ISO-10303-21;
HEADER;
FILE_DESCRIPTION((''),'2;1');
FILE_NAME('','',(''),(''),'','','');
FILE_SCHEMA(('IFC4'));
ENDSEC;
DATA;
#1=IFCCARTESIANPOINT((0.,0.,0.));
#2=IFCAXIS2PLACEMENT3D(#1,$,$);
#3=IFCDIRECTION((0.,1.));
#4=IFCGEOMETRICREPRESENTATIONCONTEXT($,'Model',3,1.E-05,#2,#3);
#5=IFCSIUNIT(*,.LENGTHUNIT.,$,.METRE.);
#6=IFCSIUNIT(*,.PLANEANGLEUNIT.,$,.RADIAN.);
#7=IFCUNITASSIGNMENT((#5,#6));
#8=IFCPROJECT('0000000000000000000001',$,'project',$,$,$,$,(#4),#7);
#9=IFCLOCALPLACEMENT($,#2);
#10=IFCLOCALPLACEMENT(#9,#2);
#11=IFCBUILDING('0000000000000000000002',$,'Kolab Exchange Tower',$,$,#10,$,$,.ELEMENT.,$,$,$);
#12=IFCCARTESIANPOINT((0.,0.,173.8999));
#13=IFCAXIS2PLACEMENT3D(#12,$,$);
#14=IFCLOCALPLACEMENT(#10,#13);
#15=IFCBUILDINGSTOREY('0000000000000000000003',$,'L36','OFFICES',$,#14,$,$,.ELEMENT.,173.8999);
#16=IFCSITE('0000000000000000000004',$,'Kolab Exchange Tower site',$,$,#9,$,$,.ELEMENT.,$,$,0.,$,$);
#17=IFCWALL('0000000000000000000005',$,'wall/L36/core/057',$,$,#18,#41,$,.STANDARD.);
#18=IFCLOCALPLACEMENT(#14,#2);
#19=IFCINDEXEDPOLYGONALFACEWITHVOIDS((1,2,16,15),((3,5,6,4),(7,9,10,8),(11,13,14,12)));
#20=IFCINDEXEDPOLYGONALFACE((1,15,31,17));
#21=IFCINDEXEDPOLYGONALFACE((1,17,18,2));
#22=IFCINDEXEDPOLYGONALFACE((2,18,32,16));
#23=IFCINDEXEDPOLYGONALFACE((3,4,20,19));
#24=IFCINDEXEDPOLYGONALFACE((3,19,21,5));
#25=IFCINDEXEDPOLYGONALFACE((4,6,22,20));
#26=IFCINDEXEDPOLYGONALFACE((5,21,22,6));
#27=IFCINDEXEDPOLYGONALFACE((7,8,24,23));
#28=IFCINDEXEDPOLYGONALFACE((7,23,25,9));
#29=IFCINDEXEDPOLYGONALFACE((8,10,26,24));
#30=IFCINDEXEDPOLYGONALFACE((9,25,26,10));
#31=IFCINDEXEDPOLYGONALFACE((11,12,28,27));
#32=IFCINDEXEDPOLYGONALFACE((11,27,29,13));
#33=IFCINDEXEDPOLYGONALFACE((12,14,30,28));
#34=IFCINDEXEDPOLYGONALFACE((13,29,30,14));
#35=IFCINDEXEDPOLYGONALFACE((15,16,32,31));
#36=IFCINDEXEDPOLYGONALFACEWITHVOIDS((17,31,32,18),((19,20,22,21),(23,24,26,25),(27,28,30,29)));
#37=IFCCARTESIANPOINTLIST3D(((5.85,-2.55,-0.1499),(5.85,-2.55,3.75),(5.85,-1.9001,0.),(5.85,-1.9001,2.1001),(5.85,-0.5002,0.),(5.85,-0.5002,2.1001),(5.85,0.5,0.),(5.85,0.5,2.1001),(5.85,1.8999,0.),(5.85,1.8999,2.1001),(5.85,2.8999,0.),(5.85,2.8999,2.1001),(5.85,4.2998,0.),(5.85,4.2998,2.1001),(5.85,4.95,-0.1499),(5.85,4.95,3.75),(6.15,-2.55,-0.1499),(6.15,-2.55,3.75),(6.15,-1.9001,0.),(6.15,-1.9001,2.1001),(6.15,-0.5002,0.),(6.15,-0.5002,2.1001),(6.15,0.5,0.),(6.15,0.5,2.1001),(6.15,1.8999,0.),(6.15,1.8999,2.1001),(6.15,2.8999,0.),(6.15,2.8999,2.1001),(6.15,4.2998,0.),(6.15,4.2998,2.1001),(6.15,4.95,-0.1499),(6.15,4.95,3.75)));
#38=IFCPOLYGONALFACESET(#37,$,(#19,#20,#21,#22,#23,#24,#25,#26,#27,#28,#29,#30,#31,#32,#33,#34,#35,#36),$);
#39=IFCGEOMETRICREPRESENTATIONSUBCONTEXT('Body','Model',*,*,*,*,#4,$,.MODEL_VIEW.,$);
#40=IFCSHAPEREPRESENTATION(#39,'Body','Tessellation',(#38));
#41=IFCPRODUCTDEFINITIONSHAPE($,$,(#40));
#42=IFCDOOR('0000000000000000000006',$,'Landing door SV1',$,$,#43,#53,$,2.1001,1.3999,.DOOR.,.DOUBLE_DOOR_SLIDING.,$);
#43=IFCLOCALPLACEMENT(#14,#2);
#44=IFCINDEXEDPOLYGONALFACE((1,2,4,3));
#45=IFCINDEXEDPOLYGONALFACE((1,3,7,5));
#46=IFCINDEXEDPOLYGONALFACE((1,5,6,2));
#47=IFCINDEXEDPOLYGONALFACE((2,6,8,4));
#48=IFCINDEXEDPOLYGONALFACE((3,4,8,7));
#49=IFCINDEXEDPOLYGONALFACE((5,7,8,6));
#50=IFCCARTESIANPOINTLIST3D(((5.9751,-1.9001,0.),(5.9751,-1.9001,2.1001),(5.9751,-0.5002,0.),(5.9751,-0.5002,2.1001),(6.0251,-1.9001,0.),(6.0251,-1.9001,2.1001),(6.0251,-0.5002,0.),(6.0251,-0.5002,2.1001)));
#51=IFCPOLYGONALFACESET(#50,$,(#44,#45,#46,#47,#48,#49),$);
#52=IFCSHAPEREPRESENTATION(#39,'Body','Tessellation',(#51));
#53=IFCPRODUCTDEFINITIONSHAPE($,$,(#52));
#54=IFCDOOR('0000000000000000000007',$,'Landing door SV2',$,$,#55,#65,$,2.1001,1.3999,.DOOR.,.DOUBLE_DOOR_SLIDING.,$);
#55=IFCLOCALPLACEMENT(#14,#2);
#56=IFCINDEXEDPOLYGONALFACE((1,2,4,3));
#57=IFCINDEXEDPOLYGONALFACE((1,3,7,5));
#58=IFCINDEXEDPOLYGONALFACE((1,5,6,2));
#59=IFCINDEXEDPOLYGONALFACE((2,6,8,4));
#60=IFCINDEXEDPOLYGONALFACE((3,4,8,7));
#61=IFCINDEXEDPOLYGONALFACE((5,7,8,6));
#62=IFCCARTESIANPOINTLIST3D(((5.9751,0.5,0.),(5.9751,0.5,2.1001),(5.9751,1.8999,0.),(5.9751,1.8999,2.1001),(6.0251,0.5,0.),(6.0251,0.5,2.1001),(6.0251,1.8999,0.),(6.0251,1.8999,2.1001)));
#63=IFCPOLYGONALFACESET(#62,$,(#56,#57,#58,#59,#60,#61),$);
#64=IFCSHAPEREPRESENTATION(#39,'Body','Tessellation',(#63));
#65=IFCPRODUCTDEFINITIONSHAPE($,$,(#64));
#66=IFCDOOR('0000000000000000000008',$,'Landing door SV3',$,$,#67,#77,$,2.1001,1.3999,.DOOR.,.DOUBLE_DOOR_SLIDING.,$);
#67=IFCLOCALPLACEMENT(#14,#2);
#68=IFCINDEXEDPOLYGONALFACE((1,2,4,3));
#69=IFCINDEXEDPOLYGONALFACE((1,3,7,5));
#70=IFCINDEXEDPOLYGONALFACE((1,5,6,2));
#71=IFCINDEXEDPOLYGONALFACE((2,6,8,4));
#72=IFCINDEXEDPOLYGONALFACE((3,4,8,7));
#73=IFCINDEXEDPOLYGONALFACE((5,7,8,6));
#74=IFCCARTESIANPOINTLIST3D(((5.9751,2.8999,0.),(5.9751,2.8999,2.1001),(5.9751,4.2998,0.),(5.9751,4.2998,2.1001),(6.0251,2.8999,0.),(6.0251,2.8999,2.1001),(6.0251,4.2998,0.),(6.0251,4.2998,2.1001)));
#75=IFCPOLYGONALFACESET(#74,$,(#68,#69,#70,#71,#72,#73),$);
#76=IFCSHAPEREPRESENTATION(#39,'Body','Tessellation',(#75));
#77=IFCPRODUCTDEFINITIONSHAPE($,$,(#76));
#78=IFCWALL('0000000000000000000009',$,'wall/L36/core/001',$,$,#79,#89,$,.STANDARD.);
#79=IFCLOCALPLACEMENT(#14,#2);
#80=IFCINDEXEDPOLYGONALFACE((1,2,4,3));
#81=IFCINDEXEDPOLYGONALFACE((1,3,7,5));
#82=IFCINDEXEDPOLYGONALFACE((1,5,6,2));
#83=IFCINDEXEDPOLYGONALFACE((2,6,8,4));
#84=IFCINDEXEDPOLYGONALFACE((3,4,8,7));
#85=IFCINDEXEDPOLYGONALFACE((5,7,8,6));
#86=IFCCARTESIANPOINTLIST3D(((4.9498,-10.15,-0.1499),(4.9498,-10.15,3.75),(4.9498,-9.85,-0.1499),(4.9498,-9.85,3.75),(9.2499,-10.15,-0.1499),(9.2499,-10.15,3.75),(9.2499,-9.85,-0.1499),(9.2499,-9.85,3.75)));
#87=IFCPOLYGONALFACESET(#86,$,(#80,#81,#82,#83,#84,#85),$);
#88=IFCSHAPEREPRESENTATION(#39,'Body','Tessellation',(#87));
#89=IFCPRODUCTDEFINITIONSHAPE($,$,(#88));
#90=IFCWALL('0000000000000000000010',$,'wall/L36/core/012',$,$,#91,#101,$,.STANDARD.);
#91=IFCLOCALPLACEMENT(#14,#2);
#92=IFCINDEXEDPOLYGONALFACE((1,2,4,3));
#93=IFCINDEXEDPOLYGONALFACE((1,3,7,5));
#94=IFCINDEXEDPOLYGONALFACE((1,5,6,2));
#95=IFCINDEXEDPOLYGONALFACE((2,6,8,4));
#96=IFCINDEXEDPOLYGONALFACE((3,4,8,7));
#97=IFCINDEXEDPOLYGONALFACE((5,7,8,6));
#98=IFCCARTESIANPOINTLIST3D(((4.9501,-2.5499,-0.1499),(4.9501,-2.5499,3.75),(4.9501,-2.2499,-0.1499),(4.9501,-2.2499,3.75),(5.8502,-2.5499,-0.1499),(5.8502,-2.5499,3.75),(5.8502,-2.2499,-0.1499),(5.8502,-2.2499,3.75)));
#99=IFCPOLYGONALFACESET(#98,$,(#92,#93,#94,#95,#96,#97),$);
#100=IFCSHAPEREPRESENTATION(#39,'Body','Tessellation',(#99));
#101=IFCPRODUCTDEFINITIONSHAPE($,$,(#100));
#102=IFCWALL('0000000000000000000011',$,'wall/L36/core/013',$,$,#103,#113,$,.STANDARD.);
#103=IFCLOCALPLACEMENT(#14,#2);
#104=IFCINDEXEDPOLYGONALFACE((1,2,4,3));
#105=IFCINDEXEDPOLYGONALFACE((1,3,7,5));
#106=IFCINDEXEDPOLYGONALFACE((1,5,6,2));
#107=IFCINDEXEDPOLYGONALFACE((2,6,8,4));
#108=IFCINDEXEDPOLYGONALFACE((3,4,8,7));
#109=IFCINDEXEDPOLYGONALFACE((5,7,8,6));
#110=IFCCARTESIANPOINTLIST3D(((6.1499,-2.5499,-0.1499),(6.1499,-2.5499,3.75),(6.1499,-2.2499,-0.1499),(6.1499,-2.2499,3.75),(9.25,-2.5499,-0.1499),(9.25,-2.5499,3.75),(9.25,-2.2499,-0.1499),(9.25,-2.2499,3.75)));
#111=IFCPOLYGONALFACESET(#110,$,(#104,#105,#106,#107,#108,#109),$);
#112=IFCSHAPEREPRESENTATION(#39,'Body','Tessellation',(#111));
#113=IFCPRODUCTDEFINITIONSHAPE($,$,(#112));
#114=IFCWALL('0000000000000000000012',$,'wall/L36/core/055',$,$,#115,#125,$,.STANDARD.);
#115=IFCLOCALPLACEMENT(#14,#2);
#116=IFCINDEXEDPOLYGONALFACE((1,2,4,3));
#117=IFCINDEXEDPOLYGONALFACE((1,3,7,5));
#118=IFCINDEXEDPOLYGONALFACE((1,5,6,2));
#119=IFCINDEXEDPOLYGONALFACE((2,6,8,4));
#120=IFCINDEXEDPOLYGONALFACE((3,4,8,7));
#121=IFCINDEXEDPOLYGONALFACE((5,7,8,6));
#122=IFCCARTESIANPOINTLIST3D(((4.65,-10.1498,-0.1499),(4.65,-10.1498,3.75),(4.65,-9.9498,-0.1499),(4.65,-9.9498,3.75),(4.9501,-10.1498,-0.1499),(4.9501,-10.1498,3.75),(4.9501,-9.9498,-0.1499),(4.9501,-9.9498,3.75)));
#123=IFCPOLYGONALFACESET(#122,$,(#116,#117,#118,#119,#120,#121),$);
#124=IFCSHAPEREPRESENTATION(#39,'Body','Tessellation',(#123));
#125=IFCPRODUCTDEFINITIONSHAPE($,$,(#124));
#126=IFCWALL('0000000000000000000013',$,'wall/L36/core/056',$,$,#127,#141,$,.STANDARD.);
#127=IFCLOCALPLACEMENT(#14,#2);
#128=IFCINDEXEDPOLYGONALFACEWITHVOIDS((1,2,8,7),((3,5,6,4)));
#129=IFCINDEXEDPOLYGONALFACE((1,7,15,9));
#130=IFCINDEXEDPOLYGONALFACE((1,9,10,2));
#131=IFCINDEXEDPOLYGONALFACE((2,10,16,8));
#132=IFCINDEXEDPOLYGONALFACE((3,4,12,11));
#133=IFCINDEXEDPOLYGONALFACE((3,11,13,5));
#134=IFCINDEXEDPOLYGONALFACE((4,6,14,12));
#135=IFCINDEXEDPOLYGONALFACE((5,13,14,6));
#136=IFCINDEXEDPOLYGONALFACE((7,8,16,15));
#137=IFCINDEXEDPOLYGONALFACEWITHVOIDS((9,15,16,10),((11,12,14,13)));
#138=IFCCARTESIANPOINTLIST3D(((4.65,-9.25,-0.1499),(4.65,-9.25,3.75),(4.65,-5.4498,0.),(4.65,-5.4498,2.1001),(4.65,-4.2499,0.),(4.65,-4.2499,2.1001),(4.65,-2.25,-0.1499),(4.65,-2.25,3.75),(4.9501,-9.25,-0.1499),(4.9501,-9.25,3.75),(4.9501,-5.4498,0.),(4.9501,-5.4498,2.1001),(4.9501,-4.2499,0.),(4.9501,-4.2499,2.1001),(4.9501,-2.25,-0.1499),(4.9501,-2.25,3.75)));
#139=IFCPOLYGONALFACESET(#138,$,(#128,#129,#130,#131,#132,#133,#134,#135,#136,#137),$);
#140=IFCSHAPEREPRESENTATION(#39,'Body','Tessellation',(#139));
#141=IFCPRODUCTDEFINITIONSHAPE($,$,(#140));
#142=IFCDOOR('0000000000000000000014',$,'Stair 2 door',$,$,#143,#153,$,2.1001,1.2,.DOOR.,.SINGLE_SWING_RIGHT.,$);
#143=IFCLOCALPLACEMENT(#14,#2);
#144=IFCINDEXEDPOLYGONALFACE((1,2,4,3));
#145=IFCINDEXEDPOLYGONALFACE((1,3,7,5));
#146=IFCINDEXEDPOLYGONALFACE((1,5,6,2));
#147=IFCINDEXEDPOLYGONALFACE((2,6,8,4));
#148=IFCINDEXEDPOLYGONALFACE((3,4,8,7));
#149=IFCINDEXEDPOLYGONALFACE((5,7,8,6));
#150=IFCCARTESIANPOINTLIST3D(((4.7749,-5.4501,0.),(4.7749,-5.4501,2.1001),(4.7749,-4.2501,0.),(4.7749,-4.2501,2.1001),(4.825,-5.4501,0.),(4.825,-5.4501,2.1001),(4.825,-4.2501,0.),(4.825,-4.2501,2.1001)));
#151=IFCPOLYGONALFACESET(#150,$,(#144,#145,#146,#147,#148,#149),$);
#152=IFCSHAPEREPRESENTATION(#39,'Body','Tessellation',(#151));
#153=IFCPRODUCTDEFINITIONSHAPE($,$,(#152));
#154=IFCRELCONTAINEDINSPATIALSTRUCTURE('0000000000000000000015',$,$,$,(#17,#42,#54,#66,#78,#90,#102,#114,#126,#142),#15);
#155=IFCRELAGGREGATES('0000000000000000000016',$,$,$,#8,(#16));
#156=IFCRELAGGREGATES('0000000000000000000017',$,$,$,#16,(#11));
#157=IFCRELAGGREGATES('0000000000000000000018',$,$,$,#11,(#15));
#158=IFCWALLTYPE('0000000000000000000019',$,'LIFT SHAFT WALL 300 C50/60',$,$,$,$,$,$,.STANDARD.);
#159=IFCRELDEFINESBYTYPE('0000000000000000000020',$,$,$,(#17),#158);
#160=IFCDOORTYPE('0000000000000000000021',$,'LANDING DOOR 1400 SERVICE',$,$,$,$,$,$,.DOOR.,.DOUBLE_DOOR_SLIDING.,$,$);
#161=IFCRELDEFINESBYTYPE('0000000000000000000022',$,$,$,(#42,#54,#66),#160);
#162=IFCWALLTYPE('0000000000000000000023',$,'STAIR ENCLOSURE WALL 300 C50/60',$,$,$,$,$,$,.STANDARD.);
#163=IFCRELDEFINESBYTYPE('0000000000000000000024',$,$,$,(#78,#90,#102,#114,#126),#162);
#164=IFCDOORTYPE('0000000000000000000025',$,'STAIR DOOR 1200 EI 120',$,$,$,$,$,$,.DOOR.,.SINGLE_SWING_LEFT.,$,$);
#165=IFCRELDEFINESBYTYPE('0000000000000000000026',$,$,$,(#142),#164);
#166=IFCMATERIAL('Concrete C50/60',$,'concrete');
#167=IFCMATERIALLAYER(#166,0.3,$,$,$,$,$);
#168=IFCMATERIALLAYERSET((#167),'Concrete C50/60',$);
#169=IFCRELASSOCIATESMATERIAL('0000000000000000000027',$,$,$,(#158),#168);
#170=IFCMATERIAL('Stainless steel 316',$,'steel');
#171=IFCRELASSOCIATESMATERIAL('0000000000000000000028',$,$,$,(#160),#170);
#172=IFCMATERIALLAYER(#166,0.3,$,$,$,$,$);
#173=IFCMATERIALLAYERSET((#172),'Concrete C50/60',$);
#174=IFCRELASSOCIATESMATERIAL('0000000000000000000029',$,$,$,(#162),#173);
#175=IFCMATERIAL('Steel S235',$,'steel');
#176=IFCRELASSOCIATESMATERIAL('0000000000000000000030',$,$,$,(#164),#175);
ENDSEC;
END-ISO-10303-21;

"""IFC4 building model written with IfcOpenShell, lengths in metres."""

from ifc_helpers import new_model, si_unit, direction, frame, frame_2d, origin, place, context, subcontext, project, spatial, rectangle, extrude, material, layer, layer_set, type_object, element, fill, save


model = new_model("IFC4")

# Units and contexts
model_context = context("Model", 3, precision=1e-05, world=origin(), true_north=direction((0.0, 1.0)))
body_context = subcontext(model_context, "Body", "Model", "MODEL_VIEW")
ifc_project = project(units=[si_unit("LENGTHUNIT", "METRE"), si_unit("PLANEANGLEUNIT", "RADIAN")], contexts=[model_context])

# Site, building, storey
site_placement = place(None, origin())
site = spatial("IfcSite", under=ifc_project, at=site_placement, Name="Kolab Exchange Tower site", CompositionType="ELEMENT", RefElevation=0.0)
building_placement = place(site_placement, origin())
building = spatial("IfcBuilding", under=site, at=building_placement, Name="Kolab Exchange Tower", CompositionType="ELEMENT")
storey_placement = place(building_placement, frame((0.0, 0.0, 173.8999)))
storey = spatial("IfcBuildingStorey", under=building, at=storey_placement, Name="L36", Description="OFFICES", CompositionType="ELEMENT", Elevation=173.8999)

# Shared definitions
ifc_material_1 = material(Name="Concrete C50/60", Category="concrete")
ifc_layer_1 = layer(ifc_material_1, 0.3)
ifc_layer_set_1 = layer_set([ifc_layer_1], Name="Concrete C50/60")
wall_type_1 = type_object("IfcWallType", Name="LIFT SHAFT WALL 300 C50/60", PredefinedType="STANDARD", material=ifc_layer_set_1)
ifc_material_2 = material(Name="Stainless steel 316", Category="steel")

# Wall, openings, doors
wall_1_placement = place(storey_placement, frame((6.0, -2.55, -0.1499), z_axis=(0.0, 0.0, 1.0), x_axis=(0.0, 1.0, 0.0)))
wall_1 = element("IfcWall", 1, at=wall_1_placement, inside=storey, type_object=wall_type_1, Name="wall/L36/core/057", PredefinedType="STANDARD", context=body_context, shape_type="SweptSolid", body=[
    extrude(rectangle(XDim=7.5, YDim=0.3, at=frame_2d((3.75, 0.0))), origin(), (0.0, 0.0, 1.0), 3.8999),
])
opening_1_placement = place(wall_1_placement, frame((0.6499, 0.0, 0.1499)))
opening_1 = element("IfcOpeningElement", 2, at=opening_1_placement, cuts=wall_1, PredefinedType="OPENING", context=body_context, shape_type="SweptSolid", body=[
    extrude(rectangle(XDim=1.3999, YDim=2.1001, at=frame_2d((0.7, 1.05))), frame((0.0, 0.1602, 0.0), z_axis=(0.0, -1.0, 0.0), x_axis=(1.0, 0.0, 0.0)), (0.0, 0.0, 1.0), 0.3201),
])
opening_2_placement = place(wall_1_placement, frame((3.05, 0.0, 0.1499)))
opening_2 = element("IfcOpeningElement", 3, at=opening_2_placement, cuts=wall_1, PredefinedType="OPENING", context=body_context, shape_type="SweptSolid", body=[
    extrude(rectangle(XDim=1.3999, YDim=2.1001, at=frame_2d((0.7, 1.05))), frame((0.0, 0.1602, 0.0), z_axis=(0.0, -1.0, 0.0), x_axis=(1.0, 0.0, 0.0)), (0.0, 0.0, 1.0), 0.3201),
])
opening_3_placement = place(wall_1_placement, frame((5.45, 0.0, 0.1499)))
opening_3 = element("IfcOpeningElement", 4, at=opening_3_placement, cuts=wall_1, PredefinedType="OPENING", context=body_context, shape_type="SweptSolid", body=[
    extrude(rectangle(XDim=1.3999, YDim=2.1001, at=frame_2d((0.7, 1.05))), frame((0.0, 0.1602, 0.0), z_axis=(0.0, -1.0, 0.0), x_axis=(1.0, 0.0, 0.0)), (0.0, 0.0, 1.0), 0.3201),
])
door_type_1 = type_object("IfcDoorType", Name="LANDING DOOR 1400 SERVICE", OperationType="DOUBLE_DOOR_SLIDING", PredefinedType="DOOR", material=ifc_material_2)
door_1_placement = place(opening_1_placement, origin())
door_1 = element("IfcDoor", 5, at=door_1_placement, inside=storey, type_object=door_type_1, Name="Landing door SV1", OperationType="DOUBLE_DOOR_SLIDING", OverallHeight=2.1001, OverallWidth=1.3999, PredefinedType="DOOR", context=body_context, shape_type="SweptSolid", body=[
    extrude(rectangle(XDim=1.3999, YDim=2.1001, at=frame_2d((0.7, 1.05))), frame((0.0, 0.0249, 0.0), z_axis=(0.0, -1.0, 0.0), x_axis=(1.0, 0.0, 0.0)), (0.0, 0.0, 1.0), 0.05),
])
fill(opening_1, door_1)
door_2_placement = place(opening_2_placement, origin())
door_2 = element("IfcDoor", 6, at=door_2_placement, inside=storey, type_object=door_type_1, Name="Landing door SV2", OperationType="DOUBLE_DOOR_SLIDING", OverallHeight=2.1001, OverallWidth=1.3999, PredefinedType="DOOR", context=body_context, shape_type="SweptSolid", body=[
    extrude(rectangle(XDim=1.3999, YDim=2.1001, at=frame_2d((0.7, 1.05))), frame((0.0, 0.0249, 0.0), z_axis=(0.0, -1.0, 0.0), x_axis=(1.0, 0.0, 0.0)), (0.0, 0.0, 1.0), 0.05),
])
fill(opening_2, door_2)
door_3_placement = place(opening_3_placement, origin())
door_3 = element("IfcDoor", 7, at=door_3_placement, inside=storey, type_object=door_type_1, Name="Landing door SV3", OperationType="DOUBLE_DOOR_SLIDING", OverallHeight=2.1001, OverallWidth=1.3999, PredefinedType="DOOR", context=body_context, shape_type="SweptSolid", body=[
    extrude(rectangle(XDim=1.3999, YDim=2.1001, at=frame_2d((0.7, 1.05))), frame((0.0, 0.0249, 0.0), z_axis=(0.0, -1.0, 0.0), x_axis=(1.0, 0.0, 0.0)), (0.0, 0.0, 1.0), 0.05),
])
fill(opening_3, door_3)

# Walls
ifc_layer_2 = layer(ifc_material_1, 0.3)
ifc_layer_set_2 = layer_set([ifc_layer_2], Name="Concrete C50/60")
wall_type_2 = type_object("IfcWallType", Name="STAIR ENCLOSURE WALL 300 C50/60", PredefinedType="STANDARD", material=ifc_layer_set_2)
wall_2_placement = place(storey_placement, frame((4.95, -10.0, -0.1499), z_axis=(0.0, 0.0, 1.0), x_axis=(1.0, 0.0, 0.0)))
element("IfcWall", 8, at=wall_2_placement, inside=storey, type_object=wall_type_2, Name="wall/L36/core/001", PredefinedType="STANDARD", context=body_context, shape_type="SweptSolid", body=[
    extrude(rectangle(XDim=4.3, YDim=0.3, at=frame_2d((2.1499, 0.0))), origin(), (0.0, 0.0, 1.0), 3.8999),
])
wall_3_placement = place(storey_placement, frame((4.95, -2.3999, -0.1499), z_axis=(0.0, 0.0, 1.0), x_axis=(1.0, 0.0, 0.0)))
element("IfcWall", 9, at=wall_3_placement, inside=storey, type_object=wall_type_2, Name="wall/L36/core/012", PredefinedType="STANDARD", context=body_context, shape_type="SweptSolid", body=[
    extrude(rectangle(XDim=0.9001, YDim=0.3, at=frame_2d((0.4502, 0.0))), origin(), (0.0, 0.0, 1.0), 3.8999),
])
wall_4_placement = place(storey_placement, frame((6.1499, -2.3999, -0.1499), z_axis=(0.0, 0.0, 1.0), x_axis=(1.0, 0.0, 0.0)))
element("IfcWall", 10, at=wall_4_placement, inside=storey, type_object=wall_type_2, Name="wall/L36/core/013", PredefinedType="STANDARD", context=body_context, shape_type="SweptSolid", body=[
    extrude(rectangle(XDim=3.1001, YDim=0.3, at=frame_2d((1.55, 0.0))), origin(), (0.0, 0.0, 1.0), 3.8999),
])
wall_5_placement = place(storey_placement, frame((4.8, -10.1499, -0.1499), z_axis=(0.0, 0.0, 1.0), x_axis=(0.0, 1.0, 0.0)))
element("IfcWall", 11, at=wall_5_placement, inside=storey, type_object=wall_type_2, Name="wall/L36/core/055", PredefinedType="STANDARD", context=body_context, shape_type="SweptSolid", body=[
    extrude(rectangle(XDim=0.2, YDim=0.3, at=frame_2d((0.1001, 0.0))), origin(), (0.0, 0.0, 1.0), 3.8999),
])

# Wall, opening, door
wall_6_placement = place(storey_placement, frame((4.8, -9.25, -0.1499), z_axis=(0.0, 0.0, 1.0), x_axis=(0.0, 1.0, 0.0)))
wall_6 = element("IfcWall", 12, at=wall_6_placement, inside=storey, type_object=wall_type_2, Name="wall/L36/core/056", PredefinedType="STANDARD", context=body_context, shape_type="SweptSolid", body=[
    extrude(rectangle(XDim=7.0, YDim=0.3, at=frame_2d((3.5, 0.0))), origin(), (0.0, 0.0, 1.0), 3.8999),
])
opening_4_placement = place(wall_6_placement, frame((3.8, 0.0, 0.1499)))
opening_4 = element("IfcOpeningElement", 13, at=opening_4_placement, cuts=wall_6, PredefinedType="OPENING", context=body_context, shape_type="SweptSolid", body=[
    extrude(rectangle(XDim=1.2, YDim=2.1001, at=frame_2d((0.6001, 1.05))), frame((0.0, 0.1602, 0.0), z_axis=(0.0, -1.0, 0.0), x_axis=(1.0, 0.0, 0.0)), (0.0, 0.0, 1.0), 0.3201),
])
ifc_material_3 = material(Name="Steel S235", Category="steel")
door_type_2 = type_object("IfcDoorType", Name="STAIR DOOR 1200 EI 120", OperationType="SINGLE_SWING_LEFT", PredefinedType="DOOR", material=ifc_material_3)
door_4_placement = place(opening_4_placement, frame((1.2, 0.0, 0.0), z_axis=(0.0, 0.0, 1.0), x_axis=(-1.0, 0.0, 0.0)))
door_4 = element("IfcDoor", 14, at=door_4_placement, inside=storey, type_object=door_type_2, Name="Stair 2 door", OperationType="SINGLE_SWING_RIGHT", OverallHeight=2.1001, OverallWidth=1.2, PredefinedType="DOOR", context=body_context, shape_type="SweptSolid", body=[
    extrude(rectangle(XDim=1.2, YDim=2.1001, at=frame_2d((0.6001, 1.05))), frame((0.0, 0.0249, 0.0), z_axis=(0.0, -1.0, 0.0), x_axis=(1.0, 0.0, 0.0)), (0.0, 0.0, 1.0), 0.05),
])
fill(opening_4, door_4)

save(model, "model.ifc")
